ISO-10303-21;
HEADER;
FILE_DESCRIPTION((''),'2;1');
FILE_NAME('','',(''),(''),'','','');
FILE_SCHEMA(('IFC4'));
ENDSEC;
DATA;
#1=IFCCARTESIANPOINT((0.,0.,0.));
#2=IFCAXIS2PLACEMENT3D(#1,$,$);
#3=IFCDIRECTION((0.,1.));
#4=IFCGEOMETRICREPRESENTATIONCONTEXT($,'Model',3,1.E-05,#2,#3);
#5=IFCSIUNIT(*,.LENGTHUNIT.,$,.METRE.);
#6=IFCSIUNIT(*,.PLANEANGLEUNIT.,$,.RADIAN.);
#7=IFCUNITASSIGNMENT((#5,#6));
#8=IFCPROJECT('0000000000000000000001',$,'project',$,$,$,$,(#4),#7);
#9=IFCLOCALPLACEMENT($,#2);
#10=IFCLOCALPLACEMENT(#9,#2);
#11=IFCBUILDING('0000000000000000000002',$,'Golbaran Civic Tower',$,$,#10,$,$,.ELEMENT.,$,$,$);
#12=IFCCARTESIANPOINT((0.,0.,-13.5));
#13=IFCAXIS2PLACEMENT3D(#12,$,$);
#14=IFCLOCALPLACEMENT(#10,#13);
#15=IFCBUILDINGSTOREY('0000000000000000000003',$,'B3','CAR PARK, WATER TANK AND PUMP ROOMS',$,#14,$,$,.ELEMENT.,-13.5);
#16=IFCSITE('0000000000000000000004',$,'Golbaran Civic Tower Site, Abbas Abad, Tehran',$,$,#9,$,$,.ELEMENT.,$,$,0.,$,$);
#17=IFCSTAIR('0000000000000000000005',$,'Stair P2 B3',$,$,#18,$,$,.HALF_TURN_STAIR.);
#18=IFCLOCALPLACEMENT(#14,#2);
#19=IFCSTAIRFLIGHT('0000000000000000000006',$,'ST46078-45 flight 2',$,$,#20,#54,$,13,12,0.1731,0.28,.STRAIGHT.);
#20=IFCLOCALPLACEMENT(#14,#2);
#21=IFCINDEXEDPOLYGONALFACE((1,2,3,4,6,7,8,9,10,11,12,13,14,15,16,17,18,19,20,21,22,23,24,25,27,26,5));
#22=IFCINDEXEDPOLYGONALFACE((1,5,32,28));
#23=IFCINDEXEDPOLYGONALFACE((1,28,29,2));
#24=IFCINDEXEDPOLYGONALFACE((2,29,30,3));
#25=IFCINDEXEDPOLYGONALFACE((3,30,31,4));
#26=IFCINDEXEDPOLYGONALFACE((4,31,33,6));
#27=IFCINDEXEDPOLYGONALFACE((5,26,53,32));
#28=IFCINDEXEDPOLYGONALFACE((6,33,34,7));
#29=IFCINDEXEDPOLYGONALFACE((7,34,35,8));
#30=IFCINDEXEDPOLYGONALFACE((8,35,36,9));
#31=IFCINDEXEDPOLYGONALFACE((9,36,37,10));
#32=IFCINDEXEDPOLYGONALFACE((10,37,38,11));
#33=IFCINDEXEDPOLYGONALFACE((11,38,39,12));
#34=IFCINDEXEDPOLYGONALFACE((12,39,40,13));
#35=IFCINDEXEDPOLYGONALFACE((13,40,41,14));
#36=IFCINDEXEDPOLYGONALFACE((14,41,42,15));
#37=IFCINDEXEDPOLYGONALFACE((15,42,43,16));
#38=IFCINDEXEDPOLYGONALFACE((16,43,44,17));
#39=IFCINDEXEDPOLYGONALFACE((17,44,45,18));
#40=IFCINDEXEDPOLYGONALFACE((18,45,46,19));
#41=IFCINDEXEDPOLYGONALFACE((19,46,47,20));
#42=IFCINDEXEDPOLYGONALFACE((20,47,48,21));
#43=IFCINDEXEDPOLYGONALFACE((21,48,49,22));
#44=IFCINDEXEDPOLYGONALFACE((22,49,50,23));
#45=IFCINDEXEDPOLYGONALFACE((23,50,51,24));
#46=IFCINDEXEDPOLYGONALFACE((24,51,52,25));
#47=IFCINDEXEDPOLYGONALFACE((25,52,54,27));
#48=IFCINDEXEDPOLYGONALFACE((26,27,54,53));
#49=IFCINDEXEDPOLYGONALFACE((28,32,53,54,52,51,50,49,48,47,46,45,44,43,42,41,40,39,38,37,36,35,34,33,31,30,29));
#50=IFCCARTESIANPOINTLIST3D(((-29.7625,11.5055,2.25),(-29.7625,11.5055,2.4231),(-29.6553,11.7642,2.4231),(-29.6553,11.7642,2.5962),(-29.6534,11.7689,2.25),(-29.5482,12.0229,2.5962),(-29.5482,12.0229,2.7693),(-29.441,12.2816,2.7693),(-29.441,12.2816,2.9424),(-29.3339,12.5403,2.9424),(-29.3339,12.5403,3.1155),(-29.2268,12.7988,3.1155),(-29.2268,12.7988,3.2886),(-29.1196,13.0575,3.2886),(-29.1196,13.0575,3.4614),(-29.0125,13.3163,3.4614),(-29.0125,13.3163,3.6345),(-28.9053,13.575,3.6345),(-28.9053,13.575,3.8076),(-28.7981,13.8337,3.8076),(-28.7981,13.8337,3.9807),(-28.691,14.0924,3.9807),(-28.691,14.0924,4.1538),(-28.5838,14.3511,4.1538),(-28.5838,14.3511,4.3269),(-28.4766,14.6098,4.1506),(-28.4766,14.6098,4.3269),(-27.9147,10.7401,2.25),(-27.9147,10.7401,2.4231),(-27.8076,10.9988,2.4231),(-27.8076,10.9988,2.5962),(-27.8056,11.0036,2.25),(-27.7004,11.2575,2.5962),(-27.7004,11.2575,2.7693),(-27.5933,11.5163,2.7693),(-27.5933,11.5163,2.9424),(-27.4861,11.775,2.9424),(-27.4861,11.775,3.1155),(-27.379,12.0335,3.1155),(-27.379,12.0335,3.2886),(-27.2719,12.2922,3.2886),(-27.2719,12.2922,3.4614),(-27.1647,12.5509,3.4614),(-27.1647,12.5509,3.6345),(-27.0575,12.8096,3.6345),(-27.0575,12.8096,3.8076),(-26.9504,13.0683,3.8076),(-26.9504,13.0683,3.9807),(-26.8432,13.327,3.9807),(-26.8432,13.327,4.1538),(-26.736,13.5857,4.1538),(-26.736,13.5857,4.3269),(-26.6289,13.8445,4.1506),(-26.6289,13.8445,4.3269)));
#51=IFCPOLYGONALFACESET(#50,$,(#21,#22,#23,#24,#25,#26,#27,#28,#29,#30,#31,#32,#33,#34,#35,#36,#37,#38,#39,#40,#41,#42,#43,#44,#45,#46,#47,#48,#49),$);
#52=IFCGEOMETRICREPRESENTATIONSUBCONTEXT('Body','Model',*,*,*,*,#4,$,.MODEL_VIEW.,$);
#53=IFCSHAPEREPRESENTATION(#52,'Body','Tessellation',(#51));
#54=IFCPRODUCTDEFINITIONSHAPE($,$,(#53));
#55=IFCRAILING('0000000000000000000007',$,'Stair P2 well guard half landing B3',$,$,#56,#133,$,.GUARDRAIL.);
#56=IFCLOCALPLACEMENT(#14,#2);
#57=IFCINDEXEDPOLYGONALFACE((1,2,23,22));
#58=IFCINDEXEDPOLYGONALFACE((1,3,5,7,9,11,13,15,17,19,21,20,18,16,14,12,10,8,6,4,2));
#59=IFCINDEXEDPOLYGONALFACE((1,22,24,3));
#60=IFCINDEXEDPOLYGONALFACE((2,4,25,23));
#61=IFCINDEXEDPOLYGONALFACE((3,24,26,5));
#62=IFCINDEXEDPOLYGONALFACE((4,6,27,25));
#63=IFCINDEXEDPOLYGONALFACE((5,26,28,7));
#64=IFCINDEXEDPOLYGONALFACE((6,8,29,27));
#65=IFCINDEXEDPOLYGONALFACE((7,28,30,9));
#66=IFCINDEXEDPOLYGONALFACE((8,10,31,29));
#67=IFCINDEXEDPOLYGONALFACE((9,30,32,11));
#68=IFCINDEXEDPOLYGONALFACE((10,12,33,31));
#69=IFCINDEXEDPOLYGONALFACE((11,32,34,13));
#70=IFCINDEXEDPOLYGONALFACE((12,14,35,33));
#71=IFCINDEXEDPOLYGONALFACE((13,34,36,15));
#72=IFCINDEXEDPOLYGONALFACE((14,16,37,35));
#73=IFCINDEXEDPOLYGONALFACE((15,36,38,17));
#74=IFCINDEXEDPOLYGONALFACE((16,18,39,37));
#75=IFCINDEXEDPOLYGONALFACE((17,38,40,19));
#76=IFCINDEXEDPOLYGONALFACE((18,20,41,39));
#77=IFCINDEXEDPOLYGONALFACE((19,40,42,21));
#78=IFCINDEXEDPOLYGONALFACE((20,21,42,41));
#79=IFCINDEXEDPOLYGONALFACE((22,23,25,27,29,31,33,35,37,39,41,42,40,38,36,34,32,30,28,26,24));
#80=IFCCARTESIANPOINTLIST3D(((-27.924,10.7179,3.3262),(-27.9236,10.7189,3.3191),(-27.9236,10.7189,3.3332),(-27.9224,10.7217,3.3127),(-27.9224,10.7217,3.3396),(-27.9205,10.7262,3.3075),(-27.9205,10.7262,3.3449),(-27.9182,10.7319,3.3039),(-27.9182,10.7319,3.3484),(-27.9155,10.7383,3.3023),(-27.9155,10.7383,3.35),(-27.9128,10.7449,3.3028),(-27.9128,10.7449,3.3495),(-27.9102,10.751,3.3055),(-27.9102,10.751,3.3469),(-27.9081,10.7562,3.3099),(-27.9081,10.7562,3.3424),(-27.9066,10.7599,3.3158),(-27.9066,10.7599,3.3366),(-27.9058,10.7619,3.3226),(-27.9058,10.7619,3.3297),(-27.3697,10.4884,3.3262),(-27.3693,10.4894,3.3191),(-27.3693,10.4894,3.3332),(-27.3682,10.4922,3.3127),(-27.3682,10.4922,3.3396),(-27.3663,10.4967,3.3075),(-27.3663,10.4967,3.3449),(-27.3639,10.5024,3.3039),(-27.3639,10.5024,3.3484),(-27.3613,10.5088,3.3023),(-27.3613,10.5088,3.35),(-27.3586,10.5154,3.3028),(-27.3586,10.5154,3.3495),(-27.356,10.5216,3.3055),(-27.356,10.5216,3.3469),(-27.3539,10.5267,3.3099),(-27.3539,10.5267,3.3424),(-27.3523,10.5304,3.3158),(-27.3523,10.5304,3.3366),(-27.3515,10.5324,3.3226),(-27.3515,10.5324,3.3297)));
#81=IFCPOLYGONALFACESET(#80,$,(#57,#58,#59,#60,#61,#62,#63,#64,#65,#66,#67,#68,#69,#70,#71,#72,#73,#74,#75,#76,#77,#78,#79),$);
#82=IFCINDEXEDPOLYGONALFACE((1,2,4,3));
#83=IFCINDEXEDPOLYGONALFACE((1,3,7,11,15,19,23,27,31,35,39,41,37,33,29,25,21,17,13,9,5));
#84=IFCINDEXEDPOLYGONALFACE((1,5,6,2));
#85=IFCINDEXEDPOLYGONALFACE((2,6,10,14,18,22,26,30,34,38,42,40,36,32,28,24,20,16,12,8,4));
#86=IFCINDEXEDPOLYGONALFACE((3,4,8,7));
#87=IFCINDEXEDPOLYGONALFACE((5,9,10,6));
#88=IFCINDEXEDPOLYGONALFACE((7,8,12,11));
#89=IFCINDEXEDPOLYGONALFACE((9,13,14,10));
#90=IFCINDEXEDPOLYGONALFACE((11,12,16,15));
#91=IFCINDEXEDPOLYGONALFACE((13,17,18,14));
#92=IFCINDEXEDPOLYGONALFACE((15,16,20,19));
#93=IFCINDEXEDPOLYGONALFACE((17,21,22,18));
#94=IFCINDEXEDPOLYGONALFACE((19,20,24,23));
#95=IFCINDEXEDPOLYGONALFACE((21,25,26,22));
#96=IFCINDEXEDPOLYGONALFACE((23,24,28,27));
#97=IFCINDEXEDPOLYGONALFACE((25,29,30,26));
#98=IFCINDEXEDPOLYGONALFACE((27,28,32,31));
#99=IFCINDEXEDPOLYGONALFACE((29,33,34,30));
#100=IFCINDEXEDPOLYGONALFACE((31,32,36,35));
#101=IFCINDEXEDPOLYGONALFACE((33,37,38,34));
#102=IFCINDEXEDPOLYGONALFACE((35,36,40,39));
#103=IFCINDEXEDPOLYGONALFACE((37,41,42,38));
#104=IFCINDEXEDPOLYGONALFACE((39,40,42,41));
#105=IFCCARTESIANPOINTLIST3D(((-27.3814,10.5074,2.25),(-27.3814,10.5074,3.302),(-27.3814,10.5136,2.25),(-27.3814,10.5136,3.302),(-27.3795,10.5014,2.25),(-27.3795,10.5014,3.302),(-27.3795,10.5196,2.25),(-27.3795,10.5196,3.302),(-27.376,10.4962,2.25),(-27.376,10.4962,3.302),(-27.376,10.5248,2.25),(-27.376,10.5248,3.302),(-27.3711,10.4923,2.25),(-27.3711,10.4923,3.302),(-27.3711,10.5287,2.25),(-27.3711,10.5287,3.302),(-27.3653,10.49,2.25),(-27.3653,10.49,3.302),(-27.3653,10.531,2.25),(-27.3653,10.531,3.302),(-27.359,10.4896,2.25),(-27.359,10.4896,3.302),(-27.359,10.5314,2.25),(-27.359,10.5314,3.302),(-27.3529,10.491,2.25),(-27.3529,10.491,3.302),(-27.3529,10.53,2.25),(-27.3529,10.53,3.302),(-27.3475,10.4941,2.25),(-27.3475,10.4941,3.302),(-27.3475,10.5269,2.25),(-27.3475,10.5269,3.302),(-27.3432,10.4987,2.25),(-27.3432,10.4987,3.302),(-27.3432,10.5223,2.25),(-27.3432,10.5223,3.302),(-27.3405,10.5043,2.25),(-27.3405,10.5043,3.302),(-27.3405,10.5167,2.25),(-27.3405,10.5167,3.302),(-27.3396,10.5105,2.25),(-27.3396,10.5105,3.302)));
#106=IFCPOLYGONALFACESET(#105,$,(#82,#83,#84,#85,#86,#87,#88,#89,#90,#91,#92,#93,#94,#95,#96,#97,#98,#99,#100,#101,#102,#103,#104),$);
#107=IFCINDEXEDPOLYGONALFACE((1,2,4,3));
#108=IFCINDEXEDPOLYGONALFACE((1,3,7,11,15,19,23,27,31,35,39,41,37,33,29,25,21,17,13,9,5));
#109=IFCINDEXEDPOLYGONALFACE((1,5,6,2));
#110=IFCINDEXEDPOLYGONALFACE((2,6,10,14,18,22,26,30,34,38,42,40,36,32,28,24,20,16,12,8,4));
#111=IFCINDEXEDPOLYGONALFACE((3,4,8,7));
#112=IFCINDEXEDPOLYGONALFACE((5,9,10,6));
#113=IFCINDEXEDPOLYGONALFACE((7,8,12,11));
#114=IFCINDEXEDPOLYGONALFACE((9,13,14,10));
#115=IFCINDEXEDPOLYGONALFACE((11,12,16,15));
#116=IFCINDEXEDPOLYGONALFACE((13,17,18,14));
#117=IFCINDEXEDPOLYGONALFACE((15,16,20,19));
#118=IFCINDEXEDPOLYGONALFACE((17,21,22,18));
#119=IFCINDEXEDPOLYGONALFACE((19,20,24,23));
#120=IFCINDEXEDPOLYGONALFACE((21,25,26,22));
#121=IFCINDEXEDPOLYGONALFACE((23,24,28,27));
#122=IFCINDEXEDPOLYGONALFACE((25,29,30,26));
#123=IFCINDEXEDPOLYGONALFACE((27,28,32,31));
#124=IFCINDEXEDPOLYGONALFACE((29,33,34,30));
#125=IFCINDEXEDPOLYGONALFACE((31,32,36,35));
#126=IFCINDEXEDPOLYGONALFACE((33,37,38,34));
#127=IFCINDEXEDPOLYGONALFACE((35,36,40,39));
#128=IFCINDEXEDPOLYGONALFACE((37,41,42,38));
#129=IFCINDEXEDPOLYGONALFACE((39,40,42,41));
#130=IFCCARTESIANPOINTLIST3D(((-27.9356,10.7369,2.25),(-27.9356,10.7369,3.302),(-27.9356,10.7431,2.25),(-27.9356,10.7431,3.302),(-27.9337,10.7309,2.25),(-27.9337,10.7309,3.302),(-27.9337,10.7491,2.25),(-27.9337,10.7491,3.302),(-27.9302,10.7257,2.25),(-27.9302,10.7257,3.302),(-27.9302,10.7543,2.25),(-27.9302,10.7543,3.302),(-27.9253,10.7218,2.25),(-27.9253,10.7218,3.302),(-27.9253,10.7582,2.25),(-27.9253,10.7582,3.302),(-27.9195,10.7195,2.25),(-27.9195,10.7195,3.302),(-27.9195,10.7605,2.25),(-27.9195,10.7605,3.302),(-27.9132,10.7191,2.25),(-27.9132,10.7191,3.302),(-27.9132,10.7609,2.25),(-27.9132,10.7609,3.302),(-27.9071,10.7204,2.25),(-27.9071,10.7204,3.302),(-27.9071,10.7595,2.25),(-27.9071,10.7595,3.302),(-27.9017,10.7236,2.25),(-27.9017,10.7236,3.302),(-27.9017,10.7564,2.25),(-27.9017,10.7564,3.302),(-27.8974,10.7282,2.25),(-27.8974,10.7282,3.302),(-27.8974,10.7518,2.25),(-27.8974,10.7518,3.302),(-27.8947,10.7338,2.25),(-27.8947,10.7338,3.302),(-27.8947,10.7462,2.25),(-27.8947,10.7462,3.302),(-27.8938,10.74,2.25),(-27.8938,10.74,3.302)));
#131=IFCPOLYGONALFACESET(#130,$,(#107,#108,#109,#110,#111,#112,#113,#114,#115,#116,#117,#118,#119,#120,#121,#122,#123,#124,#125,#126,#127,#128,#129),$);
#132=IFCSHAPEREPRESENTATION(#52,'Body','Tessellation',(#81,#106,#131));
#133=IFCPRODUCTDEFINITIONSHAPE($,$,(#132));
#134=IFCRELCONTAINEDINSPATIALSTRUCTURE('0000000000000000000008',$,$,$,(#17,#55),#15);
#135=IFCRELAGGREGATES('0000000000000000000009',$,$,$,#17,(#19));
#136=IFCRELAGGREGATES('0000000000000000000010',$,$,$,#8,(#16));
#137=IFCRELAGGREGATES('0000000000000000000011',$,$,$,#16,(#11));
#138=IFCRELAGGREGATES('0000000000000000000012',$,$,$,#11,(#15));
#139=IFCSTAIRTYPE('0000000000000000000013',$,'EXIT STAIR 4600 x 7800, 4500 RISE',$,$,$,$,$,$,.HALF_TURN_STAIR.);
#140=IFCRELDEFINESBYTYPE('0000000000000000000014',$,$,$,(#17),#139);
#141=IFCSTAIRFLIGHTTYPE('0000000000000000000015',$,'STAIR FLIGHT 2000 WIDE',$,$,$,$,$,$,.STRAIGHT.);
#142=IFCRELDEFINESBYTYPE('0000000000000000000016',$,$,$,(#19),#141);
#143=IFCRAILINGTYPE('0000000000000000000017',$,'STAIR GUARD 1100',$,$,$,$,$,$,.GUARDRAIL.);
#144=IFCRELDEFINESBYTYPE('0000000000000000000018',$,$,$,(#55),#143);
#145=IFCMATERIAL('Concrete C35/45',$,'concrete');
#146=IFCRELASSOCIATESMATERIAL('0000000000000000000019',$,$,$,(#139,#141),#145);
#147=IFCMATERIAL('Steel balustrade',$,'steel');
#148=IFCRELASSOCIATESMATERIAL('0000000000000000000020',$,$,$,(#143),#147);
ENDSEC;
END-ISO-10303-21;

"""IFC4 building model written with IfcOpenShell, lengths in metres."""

from ifc_helpers import new_model, si_unit, direction, frame, origin, origin_2d, place, context, subcontext, project, spatial, polyline, circle, outline, extrude, material, type_object, element, aggregate, save


model = new_model("IFC4")

# Units and contexts
model_context = context("Model", 3, precision=1e-05, world=origin(), true_north=direction((0.0, 1.0)))
body_context = subcontext(model_context, "Body", "Model", "MODEL_VIEW")
ifc_project = project(units=[si_unit("LENGTHUNIT", "METRE"), si_unit("PLANEANGLEUNIT", "RADIAN")], contexts=[model_context])

# Site, building, storey
site_placement = place(None, origin())
site = spatial("IfcSite", under=ifc_project, at=site_placement, Name="Golbaran Civic Tower Site, Abbas Abad, Tehran", CompositionType="ELEMENT", RefElevation=0.0)
building_placement = place(site_placement, origin())
building = spatial("IfcBuilding", under=site, at=building_placement, Name="Golbaran Civic Tower", CompositionType="ELEMENT")
storey_placement = place(building_placement, frame((0.0, 0.0, -13.5)))
storey = spatial("IfcBuildingStorey", under=building, at=storey_placement, Name="B3", Description="CAR PARK, WATER TANK AND PUMP ROOMS", CompositionType="ELEMENT", Elevation=-13.5)

# Shared definitions
ifc_material_1 = material(Name="Concrete C35/45", Category="concrete")

# Stair, stair flight
stair_type = type_object("IfcStairType", Name="EXIT STAIR 4600 x 7800, 4500 RISE", PredefinedType="HALF_TURN_STAIR", material=ifc_material_1)
stair_placement = place(storey_placement, origin())
stair = element("IfcStair", 1, at=stair_placement, inside=storey, type_object=stair_type, Name="Stair P2 B3", PredefinedType="HALF_TURN_STAIR")
stair_flight_type = type_object("IfcStairFlightType", Name="STAIR FLIGHT 2000 WIDE", PredefinedType="STRAIGHT", material=ifc_material_1)
stair_flight_1_placement = place(storey_placement, frame((-28.8386, 11.1228, 2.25), z_axis=(0.0, 0.0, 1.0), x_axis=(0.382683, 0.92388, 0.0)))
stair_flight_1 = element("IfcStairFlight", 2, at=stair_flight_1_placement, type_object=stair_flight_type, Name="ST46078-45 flight 2", NumberOfRisers=13, NumberOfTreads=12, PredefinedType="STRAIGHT", RiserHeight=0.1731, TreadLength=0.28, context=body_context, shape_type="SweptSolid", body=[
    extrude(outline(polyline([(0.0, 0.0), (0.0, 0.1731), (0.28, 0.1731), (0.28, 0.3462), (0.5601, 0.3462), (0.5601, 0.5193), (0.8401, 0.5193), (0.8401, 0.6924), (1.1201, 0.6924), (1.1201, 0.8655), (1.3999, 0.8655), (1.3999, 1.0386), (1.6799, 1.0386), (1.6799, 1.2114), (1.96, 1.2114), (1.96, 1.3845), (2.24, 1.3845), (2.24, 1.5576), (2.52, 1.5576), (2.52, 1.7307), (2.8, 1.7307), (2.8, 1.9038), (3.0801, 1.9038), (3.0801, 2.0769), (3.3601, 2.0769), (3.3601, 2.25), (3.3601, 1.9006), (0.2852, 0.0), (0.0, 0.0)])), frame((0.0, 1.0, 0.0), z_axis=(0.0, -1.0, 0.0), x_axis=(1.0, 0.0, 0.0)), (0.0, 0.0, 1.0), 2.0),
])
aggregate(stair, [stair_flight_1])

# Railing
ifc_material_2 = material(Name="Steel balustrade", Category="steel")
railing_type_1 = type_object("IfcRailingType", Name="STAIR GUARD 1100", PredefinedType="GUARDRAIL", material=ifc_material_2)
railing_1_placement = place(storey_placement, frame((-27.3606, 10.5105, 2.25)))
element("IfcRailing", 3, at=railing_1_placement, inside=storey, type_object=railing_type_1, Name="Stair P2 well guard half landing B3", PredefinedType="GUARDRAIL", context=body_context, shape_type="SweptSolid", body=[
    extrude(circle(Radius=0.0239, at=origin_2d()), frame((0.0, 0.0, 1.0762), z_axis=(-0.923918, 0.382591, 0.0), x_axis=(-0.382591, -0.923918, 0.0)), (0.0, 0.0, 1.0), 0.5999),
    extrude(circle(Radius=0.021, at=origin_2d()), origin(), (0.0, 0.0, 1.0), 1.052),
    extrude(circle(Radius=0.021, at=origin_2d()), frame((-0.5542, 0.2295, 0.0)), (0.0, 0.0, 1.0), 1.052),
])

save(model, "model.ifc")
